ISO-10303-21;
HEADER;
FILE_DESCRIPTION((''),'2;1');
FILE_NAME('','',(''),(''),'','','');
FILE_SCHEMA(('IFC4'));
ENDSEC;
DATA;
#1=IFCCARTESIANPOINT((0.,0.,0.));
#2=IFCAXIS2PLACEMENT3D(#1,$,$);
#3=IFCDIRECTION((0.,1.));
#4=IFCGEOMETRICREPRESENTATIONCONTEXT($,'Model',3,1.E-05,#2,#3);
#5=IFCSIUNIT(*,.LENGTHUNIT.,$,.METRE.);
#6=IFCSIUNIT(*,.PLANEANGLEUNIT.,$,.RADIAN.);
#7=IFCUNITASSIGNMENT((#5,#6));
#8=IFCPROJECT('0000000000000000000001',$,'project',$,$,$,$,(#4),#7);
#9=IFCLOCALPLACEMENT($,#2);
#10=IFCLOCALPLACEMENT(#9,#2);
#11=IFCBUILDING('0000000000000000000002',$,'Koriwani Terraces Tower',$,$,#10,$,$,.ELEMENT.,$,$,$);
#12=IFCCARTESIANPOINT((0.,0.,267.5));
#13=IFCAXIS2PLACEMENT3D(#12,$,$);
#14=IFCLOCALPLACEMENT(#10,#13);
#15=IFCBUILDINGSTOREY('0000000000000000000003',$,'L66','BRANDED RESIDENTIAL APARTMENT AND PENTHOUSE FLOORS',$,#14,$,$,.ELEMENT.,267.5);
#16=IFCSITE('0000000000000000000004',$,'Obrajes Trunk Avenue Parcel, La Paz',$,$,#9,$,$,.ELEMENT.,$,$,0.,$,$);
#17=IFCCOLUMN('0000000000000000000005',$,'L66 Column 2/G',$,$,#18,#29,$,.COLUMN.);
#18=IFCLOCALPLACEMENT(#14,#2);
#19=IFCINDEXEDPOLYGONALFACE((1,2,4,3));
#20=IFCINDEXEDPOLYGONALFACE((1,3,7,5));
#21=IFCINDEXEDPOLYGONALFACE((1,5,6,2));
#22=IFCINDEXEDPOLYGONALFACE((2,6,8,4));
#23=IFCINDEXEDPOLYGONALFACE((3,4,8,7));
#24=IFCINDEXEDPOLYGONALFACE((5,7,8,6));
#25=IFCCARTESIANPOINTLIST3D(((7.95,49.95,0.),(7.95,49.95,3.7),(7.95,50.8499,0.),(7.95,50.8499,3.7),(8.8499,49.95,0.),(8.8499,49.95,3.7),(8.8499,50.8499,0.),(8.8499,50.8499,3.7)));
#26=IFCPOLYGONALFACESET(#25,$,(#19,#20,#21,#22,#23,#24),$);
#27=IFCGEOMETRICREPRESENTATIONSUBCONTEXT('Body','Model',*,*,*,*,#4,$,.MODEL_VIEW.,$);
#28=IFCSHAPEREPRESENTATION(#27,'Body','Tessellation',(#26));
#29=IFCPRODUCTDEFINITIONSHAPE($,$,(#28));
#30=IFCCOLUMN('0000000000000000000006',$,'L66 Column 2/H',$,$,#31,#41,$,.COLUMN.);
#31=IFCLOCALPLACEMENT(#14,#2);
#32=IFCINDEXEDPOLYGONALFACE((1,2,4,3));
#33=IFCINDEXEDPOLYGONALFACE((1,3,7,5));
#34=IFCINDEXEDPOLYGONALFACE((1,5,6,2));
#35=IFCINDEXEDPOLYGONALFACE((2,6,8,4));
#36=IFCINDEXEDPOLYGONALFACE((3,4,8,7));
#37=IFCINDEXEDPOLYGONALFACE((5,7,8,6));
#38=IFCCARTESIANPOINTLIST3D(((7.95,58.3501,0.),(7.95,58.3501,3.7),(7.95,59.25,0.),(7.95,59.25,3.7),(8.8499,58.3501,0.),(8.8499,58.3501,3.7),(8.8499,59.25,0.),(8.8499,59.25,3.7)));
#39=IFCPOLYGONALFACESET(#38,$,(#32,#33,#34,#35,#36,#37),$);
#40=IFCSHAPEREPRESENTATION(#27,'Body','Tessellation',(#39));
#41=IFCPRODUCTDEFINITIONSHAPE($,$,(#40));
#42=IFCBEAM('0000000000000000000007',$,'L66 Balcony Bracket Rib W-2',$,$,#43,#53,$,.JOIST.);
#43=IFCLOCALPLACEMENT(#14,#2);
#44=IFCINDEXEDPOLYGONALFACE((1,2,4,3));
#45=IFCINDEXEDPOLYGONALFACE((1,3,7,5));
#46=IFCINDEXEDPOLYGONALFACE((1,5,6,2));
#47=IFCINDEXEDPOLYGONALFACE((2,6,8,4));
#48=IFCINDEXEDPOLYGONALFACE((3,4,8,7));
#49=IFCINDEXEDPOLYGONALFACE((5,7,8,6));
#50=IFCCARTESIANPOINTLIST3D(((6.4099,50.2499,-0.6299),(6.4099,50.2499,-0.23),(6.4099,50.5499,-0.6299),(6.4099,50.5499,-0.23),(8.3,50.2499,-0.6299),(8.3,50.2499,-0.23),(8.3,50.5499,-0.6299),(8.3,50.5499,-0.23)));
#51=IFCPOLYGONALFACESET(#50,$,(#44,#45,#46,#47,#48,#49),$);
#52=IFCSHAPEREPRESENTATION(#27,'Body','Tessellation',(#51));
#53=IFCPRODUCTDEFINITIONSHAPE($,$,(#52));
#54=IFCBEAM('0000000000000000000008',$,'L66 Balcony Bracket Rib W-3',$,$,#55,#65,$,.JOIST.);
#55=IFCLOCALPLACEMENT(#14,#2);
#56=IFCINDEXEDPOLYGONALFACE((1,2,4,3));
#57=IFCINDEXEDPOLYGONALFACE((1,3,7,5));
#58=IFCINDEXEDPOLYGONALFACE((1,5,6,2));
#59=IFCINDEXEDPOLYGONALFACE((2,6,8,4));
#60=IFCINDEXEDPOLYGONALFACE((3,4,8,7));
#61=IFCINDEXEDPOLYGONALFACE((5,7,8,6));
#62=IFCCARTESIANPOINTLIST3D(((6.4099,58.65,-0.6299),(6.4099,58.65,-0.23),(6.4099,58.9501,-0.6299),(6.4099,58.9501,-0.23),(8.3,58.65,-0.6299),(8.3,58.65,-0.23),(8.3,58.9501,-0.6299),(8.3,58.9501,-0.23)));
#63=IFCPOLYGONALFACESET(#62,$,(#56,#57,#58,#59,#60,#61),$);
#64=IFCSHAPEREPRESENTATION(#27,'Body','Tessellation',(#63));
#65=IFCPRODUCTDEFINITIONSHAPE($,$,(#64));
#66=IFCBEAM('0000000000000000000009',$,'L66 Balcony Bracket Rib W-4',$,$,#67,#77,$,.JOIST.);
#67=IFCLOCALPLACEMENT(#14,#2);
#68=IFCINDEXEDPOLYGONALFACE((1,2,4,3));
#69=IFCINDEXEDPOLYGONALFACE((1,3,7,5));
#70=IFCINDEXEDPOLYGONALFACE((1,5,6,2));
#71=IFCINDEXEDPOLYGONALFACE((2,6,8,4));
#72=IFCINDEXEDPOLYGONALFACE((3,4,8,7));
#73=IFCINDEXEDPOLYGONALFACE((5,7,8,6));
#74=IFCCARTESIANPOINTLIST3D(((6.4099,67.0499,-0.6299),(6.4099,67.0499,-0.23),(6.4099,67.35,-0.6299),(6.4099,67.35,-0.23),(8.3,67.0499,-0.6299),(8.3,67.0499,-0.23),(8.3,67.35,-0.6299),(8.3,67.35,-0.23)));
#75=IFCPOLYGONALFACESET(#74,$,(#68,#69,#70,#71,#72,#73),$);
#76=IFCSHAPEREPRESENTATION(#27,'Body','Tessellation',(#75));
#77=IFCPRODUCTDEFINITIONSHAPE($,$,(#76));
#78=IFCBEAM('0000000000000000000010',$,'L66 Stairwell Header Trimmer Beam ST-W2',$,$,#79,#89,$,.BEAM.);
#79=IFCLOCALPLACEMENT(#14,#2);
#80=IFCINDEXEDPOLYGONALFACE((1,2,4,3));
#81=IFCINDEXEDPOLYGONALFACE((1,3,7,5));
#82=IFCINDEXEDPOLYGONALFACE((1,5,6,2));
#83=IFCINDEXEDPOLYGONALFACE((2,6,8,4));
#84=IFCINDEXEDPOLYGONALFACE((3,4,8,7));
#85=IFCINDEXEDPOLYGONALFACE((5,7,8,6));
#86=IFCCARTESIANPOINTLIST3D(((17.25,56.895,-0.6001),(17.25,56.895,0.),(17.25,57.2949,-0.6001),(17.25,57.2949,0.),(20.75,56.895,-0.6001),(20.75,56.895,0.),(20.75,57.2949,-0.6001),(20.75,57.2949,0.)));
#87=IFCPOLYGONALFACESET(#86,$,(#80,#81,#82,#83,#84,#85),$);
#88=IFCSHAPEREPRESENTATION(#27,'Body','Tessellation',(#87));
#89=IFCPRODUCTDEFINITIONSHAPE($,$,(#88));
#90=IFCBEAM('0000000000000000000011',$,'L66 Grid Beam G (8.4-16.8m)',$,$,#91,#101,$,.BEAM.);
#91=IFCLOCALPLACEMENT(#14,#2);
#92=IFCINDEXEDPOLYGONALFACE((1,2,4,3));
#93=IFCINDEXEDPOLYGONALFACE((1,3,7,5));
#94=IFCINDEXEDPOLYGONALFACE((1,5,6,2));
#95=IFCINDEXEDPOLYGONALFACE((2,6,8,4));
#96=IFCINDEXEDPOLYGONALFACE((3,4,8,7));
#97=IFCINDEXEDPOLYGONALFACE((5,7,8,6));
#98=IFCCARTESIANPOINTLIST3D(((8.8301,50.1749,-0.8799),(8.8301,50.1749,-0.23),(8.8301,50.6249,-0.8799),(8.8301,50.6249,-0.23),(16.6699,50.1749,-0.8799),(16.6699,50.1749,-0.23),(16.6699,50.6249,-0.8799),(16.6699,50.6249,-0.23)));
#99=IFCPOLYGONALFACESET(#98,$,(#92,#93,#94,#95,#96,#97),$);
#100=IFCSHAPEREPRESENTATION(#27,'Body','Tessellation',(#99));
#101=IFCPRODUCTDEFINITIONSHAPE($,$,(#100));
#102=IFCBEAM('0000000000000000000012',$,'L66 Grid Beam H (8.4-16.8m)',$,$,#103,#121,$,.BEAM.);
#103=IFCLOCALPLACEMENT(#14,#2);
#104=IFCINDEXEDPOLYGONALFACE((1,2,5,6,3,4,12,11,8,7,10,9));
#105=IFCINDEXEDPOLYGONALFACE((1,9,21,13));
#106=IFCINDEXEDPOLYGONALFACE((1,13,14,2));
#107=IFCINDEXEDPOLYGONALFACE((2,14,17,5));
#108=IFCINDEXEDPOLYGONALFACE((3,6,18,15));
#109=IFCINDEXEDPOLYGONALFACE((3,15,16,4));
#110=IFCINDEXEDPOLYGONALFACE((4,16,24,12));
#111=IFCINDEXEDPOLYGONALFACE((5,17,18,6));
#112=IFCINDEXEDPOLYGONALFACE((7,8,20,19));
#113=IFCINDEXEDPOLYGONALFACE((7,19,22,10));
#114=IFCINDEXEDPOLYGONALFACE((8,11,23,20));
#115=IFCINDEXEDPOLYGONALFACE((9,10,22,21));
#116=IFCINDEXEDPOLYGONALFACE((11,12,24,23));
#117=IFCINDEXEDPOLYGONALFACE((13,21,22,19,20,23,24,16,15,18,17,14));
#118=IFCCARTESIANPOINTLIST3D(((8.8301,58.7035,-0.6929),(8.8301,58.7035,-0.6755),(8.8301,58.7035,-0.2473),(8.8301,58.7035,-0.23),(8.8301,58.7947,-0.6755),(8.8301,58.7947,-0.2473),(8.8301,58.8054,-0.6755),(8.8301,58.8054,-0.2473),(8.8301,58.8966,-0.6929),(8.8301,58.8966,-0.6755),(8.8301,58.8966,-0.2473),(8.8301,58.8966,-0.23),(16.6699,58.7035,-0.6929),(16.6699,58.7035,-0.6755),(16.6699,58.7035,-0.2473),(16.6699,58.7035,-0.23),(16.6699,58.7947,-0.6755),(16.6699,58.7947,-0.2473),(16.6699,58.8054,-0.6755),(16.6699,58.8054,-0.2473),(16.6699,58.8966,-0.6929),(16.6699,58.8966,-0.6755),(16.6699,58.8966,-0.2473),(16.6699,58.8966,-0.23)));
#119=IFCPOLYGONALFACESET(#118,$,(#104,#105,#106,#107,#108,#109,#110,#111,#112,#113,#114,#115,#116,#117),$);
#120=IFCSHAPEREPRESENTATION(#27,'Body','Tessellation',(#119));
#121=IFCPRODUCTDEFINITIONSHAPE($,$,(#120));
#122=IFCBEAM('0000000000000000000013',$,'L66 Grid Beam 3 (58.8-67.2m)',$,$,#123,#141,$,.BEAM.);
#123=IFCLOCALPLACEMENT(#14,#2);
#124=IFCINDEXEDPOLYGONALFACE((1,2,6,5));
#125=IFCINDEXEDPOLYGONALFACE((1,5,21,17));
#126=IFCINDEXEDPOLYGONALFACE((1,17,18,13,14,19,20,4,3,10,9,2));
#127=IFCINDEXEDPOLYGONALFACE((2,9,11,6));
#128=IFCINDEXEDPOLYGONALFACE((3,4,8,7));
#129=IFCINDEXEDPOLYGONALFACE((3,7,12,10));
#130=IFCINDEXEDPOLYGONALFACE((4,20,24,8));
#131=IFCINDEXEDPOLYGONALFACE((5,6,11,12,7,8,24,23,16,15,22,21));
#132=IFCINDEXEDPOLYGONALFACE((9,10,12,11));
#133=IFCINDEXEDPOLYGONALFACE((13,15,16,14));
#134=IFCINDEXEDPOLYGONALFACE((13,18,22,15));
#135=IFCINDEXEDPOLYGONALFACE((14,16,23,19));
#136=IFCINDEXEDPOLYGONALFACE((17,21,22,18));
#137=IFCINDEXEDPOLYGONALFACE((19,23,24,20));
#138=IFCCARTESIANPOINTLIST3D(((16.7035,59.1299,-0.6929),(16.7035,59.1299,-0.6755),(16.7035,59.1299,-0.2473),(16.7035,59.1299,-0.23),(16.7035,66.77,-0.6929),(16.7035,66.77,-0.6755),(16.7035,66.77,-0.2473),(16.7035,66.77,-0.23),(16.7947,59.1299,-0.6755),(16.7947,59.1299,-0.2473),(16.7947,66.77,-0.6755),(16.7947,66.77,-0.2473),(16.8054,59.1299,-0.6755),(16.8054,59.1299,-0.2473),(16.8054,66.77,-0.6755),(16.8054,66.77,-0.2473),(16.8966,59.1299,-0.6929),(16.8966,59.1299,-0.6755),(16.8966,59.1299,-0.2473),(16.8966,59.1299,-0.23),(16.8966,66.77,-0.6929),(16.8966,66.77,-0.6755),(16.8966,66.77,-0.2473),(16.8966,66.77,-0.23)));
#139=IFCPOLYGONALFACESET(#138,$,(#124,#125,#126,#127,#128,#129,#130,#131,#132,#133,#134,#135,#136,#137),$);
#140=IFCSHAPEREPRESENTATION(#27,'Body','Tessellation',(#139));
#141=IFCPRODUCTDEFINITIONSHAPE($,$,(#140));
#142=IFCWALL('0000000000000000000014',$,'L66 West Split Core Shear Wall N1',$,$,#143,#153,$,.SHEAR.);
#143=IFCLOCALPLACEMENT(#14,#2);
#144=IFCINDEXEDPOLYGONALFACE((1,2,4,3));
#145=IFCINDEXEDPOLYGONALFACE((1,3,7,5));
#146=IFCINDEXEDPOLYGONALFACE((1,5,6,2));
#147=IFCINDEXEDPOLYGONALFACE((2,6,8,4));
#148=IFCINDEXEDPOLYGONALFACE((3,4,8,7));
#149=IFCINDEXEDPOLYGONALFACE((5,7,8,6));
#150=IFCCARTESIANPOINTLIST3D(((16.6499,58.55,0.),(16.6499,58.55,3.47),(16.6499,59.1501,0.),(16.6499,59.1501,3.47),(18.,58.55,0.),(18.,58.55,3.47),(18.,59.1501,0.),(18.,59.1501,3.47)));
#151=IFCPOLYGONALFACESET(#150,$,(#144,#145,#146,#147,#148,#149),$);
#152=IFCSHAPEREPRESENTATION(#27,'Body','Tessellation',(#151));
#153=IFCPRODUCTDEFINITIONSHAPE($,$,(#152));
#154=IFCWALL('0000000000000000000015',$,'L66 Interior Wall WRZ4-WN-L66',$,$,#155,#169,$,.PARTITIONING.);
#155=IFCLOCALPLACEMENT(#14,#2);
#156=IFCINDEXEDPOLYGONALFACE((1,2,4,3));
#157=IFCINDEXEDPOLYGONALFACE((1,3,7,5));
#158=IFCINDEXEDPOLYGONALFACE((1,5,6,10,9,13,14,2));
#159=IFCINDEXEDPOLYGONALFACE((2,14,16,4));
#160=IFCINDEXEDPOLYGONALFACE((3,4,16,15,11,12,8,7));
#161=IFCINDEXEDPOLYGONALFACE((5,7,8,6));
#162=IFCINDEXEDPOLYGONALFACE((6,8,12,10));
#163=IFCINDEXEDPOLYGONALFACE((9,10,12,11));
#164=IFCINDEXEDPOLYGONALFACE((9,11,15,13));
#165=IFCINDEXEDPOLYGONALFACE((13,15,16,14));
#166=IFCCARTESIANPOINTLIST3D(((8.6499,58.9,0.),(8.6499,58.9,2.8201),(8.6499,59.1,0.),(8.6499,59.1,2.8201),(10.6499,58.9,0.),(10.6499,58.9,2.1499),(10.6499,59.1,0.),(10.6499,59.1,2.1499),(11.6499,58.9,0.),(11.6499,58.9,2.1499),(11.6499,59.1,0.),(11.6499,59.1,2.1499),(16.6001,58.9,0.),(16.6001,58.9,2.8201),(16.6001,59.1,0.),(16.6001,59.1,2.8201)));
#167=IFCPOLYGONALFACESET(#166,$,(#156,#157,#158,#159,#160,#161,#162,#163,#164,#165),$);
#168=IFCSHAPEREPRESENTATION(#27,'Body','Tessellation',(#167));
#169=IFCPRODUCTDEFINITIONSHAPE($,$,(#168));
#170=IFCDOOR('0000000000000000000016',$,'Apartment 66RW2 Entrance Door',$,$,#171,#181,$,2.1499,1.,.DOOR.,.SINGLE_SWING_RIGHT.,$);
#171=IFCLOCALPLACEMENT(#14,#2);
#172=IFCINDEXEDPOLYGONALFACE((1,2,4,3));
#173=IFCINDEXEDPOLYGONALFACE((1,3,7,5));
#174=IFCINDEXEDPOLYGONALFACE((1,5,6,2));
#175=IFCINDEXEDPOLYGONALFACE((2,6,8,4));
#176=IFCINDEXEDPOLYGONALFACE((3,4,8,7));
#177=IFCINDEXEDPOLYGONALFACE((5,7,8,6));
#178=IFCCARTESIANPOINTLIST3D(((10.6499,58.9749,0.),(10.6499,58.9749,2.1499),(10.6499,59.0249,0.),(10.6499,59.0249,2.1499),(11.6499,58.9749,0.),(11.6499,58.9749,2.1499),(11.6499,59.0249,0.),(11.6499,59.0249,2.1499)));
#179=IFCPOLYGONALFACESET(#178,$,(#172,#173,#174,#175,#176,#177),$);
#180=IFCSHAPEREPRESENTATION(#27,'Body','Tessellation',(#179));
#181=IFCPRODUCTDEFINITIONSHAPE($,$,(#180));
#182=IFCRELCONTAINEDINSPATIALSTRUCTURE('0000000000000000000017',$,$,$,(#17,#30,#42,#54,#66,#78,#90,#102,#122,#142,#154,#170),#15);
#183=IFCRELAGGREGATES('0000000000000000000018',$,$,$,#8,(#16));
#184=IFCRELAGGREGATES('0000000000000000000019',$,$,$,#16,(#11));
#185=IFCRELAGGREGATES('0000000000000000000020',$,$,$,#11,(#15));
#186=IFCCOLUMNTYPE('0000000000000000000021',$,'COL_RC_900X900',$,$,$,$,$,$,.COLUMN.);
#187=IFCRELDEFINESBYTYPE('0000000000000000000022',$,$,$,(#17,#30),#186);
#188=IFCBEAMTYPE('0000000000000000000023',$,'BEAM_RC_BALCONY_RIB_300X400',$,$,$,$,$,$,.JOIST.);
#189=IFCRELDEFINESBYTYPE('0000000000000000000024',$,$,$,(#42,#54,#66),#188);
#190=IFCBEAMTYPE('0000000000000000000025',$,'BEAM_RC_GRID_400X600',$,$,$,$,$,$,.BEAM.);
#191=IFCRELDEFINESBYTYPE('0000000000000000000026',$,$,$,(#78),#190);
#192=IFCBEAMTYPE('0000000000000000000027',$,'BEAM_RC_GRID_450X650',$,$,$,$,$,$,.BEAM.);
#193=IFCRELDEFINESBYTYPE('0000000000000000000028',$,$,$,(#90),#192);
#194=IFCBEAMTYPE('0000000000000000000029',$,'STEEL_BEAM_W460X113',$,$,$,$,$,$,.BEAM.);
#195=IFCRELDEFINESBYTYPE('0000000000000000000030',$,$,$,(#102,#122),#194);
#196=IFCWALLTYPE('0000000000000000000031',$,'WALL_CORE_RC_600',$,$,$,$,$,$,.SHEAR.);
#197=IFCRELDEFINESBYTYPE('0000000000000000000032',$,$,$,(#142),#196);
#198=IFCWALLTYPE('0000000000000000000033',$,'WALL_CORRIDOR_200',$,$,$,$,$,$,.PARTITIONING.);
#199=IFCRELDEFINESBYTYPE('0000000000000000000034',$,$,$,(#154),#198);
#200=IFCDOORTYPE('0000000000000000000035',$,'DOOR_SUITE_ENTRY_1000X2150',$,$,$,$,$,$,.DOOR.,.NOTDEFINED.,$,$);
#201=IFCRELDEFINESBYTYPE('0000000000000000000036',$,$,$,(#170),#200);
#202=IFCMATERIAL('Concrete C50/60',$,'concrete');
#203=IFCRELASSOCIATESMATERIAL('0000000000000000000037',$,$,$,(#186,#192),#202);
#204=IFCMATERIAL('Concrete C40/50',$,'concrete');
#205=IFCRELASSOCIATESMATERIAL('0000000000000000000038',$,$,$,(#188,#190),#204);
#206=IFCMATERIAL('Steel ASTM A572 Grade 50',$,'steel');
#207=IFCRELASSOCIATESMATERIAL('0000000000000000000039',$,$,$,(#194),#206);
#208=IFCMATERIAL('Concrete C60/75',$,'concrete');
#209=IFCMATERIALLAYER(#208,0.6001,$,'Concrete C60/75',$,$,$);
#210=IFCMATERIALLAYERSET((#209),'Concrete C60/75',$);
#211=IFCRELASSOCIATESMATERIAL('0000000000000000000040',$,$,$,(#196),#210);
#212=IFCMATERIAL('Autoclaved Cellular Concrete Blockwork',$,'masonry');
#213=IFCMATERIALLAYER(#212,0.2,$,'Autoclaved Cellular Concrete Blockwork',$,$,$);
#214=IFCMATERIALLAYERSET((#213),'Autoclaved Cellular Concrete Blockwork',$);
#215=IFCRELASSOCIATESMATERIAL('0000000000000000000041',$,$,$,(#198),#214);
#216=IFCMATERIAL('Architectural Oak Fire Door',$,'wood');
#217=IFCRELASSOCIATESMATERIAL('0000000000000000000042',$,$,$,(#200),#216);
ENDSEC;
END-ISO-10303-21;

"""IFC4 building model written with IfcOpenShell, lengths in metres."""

from ifc_helpers import new_model, si_unit, direction, frame, frame_2d, origin, origin_2d, place, context, subcontext, project, spatial, rectangle, i_section, extrude, material, layer, layer_set, material_profile, profile_set, type_object, element, fill, save


model = new_model("IFC4")

# Units and contexts
model_context = context("Model", 3, precision=1e-05, world=origin(), true_north=direction((0.0, 1.0)))
body_context = subcontext(model_context, "Body", "Model", "MODEL_VIEW")
ifc_project = project(units=[si_unit("LENGTHUNIT", "METRE"), si_unit("PLANEANGLEUNIT", "RADIAN")], contexts=[model_context])

# Site, building, storey
site_placement = place(None, origin())
site = spatial("IfcSite", under=ifc_project, at=site_placement, Name="Obrajes Trunk Avenue Parcel, La Paz", CompositionType="ELEMENT", RefElevation=0.0)
building_placement = place(site_placement, origin())
building = spatial("IfcBuilding", under=site, at=building_placement, Name="Koriwani Terraces Tower", CompositionType="ELEMENT")
storey_placement = place(building_placement, frame((0.0, 0.0, 267.5)))
storey = spatial("IfcBuildingStorey", under=building, at=storey_placement, Name="L66", Description="BRANDED RESIDENTIAL APARTMENT AND PENTHOUSE FLOORS", CompositionType="ELEMENT", Elevation=267.5)

# Columns
ifc_material_1 = material(Name="Concrete C50/60", Category="concrete")
ifc_material_profile_1 = material_profile(ifc_material_1, rectangle(XDim=0.8999, YDim=0.8999, at=origin_2d()), Name="Concrete C50/60", Category="LoadBearing")
ifc_profile_set_1 = profile_set([ifc_material_profile_1], Name="Concrete C50/60")
column_type = type_object("IfcColumnType", Name="COL_RC_900X900", PredefinedType="COLUMN", material=ifc_profile_set_1)
for number, where, z_axis, x_axis, name in (
    (1, (8.3999, 50.3999, 0.0), (0.0, 0.0, 1.0), (1.0, 0.0, 0.0), "L66 Column 2/G"),
    (2, (8.3999, 58.8, 0.0), (0.0, 0.0, 1.0), (1.0, 0.0, 0.0), "L66 Column 2/H"),
):
    element("IfcColumn", number, at=place(storey_placement, frame(where, z_axis=z_axis, x_axis=x_axis)), inside=storey, type_object=column_type, Name=name, PredefinedType="COLUMN", context=body_context, shape_type="SweptSolid", body=[
        extrude(rectangle(XDim=0.8999, YDim=0.8999, at=origin_2d()), origin(), (0.0, 0.0, 1.0), 3.7),
    ])

# Beams
ifc_material_2 = material(Name="Concrete C40/50", Category="concrete")
ifc_material_profile_2 = material_profile(ifc_material_2, rectangle(XDim=0.3, YDim=0.3999, at=origin_2d()), Name="Concrete C40/50", Category="LoadBearing")
ifc_profile_set_2 = profile_set([ifc_material_profile_2], Name="Concrete C40/50")
beam_type_1 = type_object("IfcBeamType", Name="BEAM_RC_BALCONY_RIB_300X400", PredefinedType="JOIST", material=ifc_profile_set_2)
for number, where, z_axis, x_axis, name in (
    (3, (6.4099, 50.3999, -0.4299), (1.0, 0.0, 0.0), (0.0, 1.0, 0.0), "L66 Balcony Bracket Rib W-2"),
    (4, (6.4099, 58.8, -0.4299), (1.0, 0.0, 0.0), (0.0, 1.0, 0.0), "L66 Balcony Bracket Rib W-3"),
    (5, (6.4099, 67.2, -0.4299), (1.0, 0.0, 0.0), (0.0, 1.0, 0.0), "L66 Balcony Bracket Rib W-4"),
):
    element("IfcBeam", number, at=place(storey_placement, frame(where, z_axis=z_axis, x_axis=x_axis)), inside=storey, type_object=beam_type_1, Name=name, PredefinedType="JOIST", context=body_context, shape_type="SweptSolid", body=[
        extrude(rectangle(XDim=0.3, YDim=0.3999, at=origin_2d()), origin(), (0.0, 0.0, 1.0), 1.8901),
    ])
ifc_material_profile_3 = material_profile(ifc_material_2, rectangle(XDim=0.3999, YDim=0.6001, at=origin_2d()), Name="Concrete C40/50", Category="LoadBearing")
ifc_profile_set_3 = profile_set([ifc_material_profile_3], Name="Concrete C40/50")
beam_type_2 = type_object("IfcBeamType", Name="BEAM_RC_GRID_400X600", PredefinedType="BEAM", material=ifc_profile_set_3)
beam_1_placement = place(storey_placement, frame((17.25, 57.095, -0.3), z_axis=(1.0, 0.0, 0.0), x_axis=(0.0, 1.0, 0.0)))
element("IfcBeam", 6, at=beam_1_placement, inside=storey, type_object=beam_type_2, Name="L66 Stairwell Header Trimmer Beam ST-W2", PredefinedType="BEAM", context=body_context, shape_type="SweptSolid", body=[
    extrude(rectangle(XDim=0.3999, YDim=0.6001, at=origin_2d()), origin(), (0.0, 0.0, 1.0), 3.5),
])
ifc_material_profile_4 = material_profile(ifc_material_1, rectangle(XDim=0.45, YDim=0.6499, at=origin_2d()), Name="Concrete C50/60", Category="LoadBearing")
ifc_profile_set_4 = profile_set([ifc_material_profile_4], Name="Concrete C50/60")
beam_type_3 = type_object("IfcBeamType", Name="BEAM_RC_GRID_450X650", PredefinedType="BEAM", material=ifc_profile_set_4)
beam_2_placement = place(storey_placement, frame((8.8301, 50.3999, -0.5549), z_axis=(1.0, 0.0, 0.0), x_axis=(0.0, 1.0, 0.0)))
element("IfcBeam", 7, at=beam_2_placement, inside=storey, type_object=beam_type_3, Name="L66 Grid Beam G (8.4-16.8m)", PredefinedType="BEAM", context=body_context, shape_type="SweptSolid", body=[
    extrude(rectangle(XDim=0.45, YDim=0.6499, at=origin_2d()), origin(), (0.0, 0.0, 1.0), 7.8398),
])
ifc_material_3 = material(Name="Steel ASTM A572 Grade 50", Category="steel")
ifc_material_profile_5 = material_profile(ifc_material_3, i_section(OverallWidth=0.1931, OverallDepth=0.4629, WebThickness=0.0107, FlangeThickness=0.0173, at=origin_2d()), Name="Steel ASTM A572 Grade 50", Category="LoadBearing")
ifc_profile_set_5 = profile_set([ifc_material_profile_5], Name="Steel ASTM A572 Grade 50")
beam_type_4 = type_object("IfcBeamType", Name="STEEL_BEAM_W460X113", PredefinedType="BEAM", material=ifc_profile_set_5)
beam_3_placement = place(storey_placement, frame((8.8301, 58.8, -0.4614), z_axis=(1.0, 0.0, 0.0), x_axis=(0.0, 1.0, 0.0)))
element("IfcBeam", 8, at=beam_3_placement, inside=storey, type_object=beam_type_4, Name="L66 Grid Beam H (8.4-16.8m)", PredefinedType="BEAM", context=body_context, shape_type="SweptSolid", body=[
    extrude(i_section(OverallWidth=0.1931, OverallDepth=0.4629, WebThickness=0.0107, FlangeThickness=0.0173, at=origin_2d()), origin(), (0.0, 0.0, 1.0), 7.8398),
])
beam_4_placement = place(storey_placement, frame((16.8, 59.1299, -0.4614), z_axis=(0.0, 1.0, 0.0), x_axis=(-1.0, 0.0, 0.0)))
element("IfcBeam", 9, at=beam_4_placement, inside=storey, type_object=beam_type_4, Name="L66 Grid Beam 3 (58.8-67.2m)", PredefinedType="BEAM", context=body_context, shape_type="SweptSolid", body=[
    extrude(i_section(OverallWidth=0.1931, OverallDepth=0.4629, WebThickness=0.0107, FlangeThickness=0.0173, at=origin_2d()), origin(), (0.0, 0.0, 1.0), 7.6401),
])

# Wall
ifc_material_4 = material(Name="Concrete C60/75", Category="concrete")
ifc_layer_1 = layer(ifc_material_4, 0.6001, Name="Concrete C60/75")
ifc_layer_set_1 = layer_set([ifc_layer_1], Name="Concrete C60/75")
wall_type_1 = type_object("IfcWallType", Name="WALL_CORE_RC_600", PredefinedType="SHEAR", material=ifc_layer_set_1)
wall_1_placement = place(storey_placement, frame((16.6499, 58.8501, 0.0), z_axis=(0.0, 0.0, 1.0), x_axis=(1.0, 0.0, 0.0)))
element("IfcWall", 10, at=wall_1_placement, inside=storey, type_object=wall_type_1, Name="L66 West Split Core Shear Wall N1", PredefinedType="SHEAR", context=body_context, shape_type="SweptSolid", body=[
    extrude(rectangle(XDim=1.3501, YDim=0.6001, at=frame_2d((0.675, 0.0))), origin(), (0.0, 0.0, 1.0), 3.47),
])

# Wall, opening, door
ifc_material_5 = material(Name="Autoclaved Cellular Concrete Blockwork", Category="masonry")
ifc_layer_2 = layer(ifc_material_5, 0.2, Name="Autoclaved Cellular Concrete Blockwork")
ifc_layer_set_2 = layer_set([ifc_layer_2], Name="Autoclaved Cellular Concrete Blockwork")
wall_type_2 = type_object("IfcWallType", Name="WALL_CORRIDOR_200", PredefinedType="PARTITIONING", material=ifc_layer_set_2)
wall_2_placement = place(storey_placement, frame((8.6499, 59.0, 0.0), z_axis=(0.0, 0.0, 1.0), x_axis=(1.0, 0.0, 0.0)))
wall_2 = element("IfcWall", 11, at=wall_2_placement, inside=storey, type_object=wall_type_2, Name="L66 Interior Wall WRZ4-WN-L66", PredefinedType="PARTITIONING", context=body_context, shape_type="SweptSolid", body=[
    extrude(rectangle(XDim=7.9502, YDim=0.2, at=frame_2d((3.9751, 0.0))), origin(), (0.0, 0.0, 1.0), 2.8201),
])
opening_1_placement = place(wall_2_placement, frame((2.0, 0.0, 0.0)))
opening_1 = element("IfcOpeningElement", 12, at=opening_1_placement, cuts=wall_2, PredefinedType="OPENING", context=body_context, shape_type="SweptSolid", body=[
    extrude(rectangle(XDim=1.0, YDim=2.1499, at=frame_2d((0.5, 1.075))), frame((0.0, 0.1099, 0.0), z_axis=(0.0, -1.0, 0.0), x_axis=(1.0, 0.0, 0.0)), (0.0, 0.0, 1.0), 0.22),
])
ifc_material_6 = material(Name="Architectural Oak Fire Door", Category="wood")
door_type_1 = type_object("IfcDoorType", Name="DOOR_SUITE_ENTRY_1000X2150", OperationType="NOTDEFINED", PredefinedType="DOOR", material=ifc_material_6)
door_1_placement = place(opening_1_placement, origin())
door_1 = element("IfcDoor", 13, at=door_1_placement, inside=storey, type_object=door_type_1, Name="Apartment 66RW2 Entrance Door", OperationType="SINGLE_SWING_RIGHT", OverallHeight=2.1499, OverallWidth=1.0, PredefinedType="DOOR", context=body_context, shape_type="SweptSolid", body=[
    extrude(rectangle(XDim=1.0, YDim=2.1499, at=frame_2d((0.5, 1.075))), frame((0.0, 0.0249, 0.0), z_axis=(0.0, -1.0, 0.0), x_axis=(1.0, 0.0, 0.0)), (0.0, 0.0, 1.0), 0.05),
])
fill(opening_1, door_1)

save(model, "model.ifc")
